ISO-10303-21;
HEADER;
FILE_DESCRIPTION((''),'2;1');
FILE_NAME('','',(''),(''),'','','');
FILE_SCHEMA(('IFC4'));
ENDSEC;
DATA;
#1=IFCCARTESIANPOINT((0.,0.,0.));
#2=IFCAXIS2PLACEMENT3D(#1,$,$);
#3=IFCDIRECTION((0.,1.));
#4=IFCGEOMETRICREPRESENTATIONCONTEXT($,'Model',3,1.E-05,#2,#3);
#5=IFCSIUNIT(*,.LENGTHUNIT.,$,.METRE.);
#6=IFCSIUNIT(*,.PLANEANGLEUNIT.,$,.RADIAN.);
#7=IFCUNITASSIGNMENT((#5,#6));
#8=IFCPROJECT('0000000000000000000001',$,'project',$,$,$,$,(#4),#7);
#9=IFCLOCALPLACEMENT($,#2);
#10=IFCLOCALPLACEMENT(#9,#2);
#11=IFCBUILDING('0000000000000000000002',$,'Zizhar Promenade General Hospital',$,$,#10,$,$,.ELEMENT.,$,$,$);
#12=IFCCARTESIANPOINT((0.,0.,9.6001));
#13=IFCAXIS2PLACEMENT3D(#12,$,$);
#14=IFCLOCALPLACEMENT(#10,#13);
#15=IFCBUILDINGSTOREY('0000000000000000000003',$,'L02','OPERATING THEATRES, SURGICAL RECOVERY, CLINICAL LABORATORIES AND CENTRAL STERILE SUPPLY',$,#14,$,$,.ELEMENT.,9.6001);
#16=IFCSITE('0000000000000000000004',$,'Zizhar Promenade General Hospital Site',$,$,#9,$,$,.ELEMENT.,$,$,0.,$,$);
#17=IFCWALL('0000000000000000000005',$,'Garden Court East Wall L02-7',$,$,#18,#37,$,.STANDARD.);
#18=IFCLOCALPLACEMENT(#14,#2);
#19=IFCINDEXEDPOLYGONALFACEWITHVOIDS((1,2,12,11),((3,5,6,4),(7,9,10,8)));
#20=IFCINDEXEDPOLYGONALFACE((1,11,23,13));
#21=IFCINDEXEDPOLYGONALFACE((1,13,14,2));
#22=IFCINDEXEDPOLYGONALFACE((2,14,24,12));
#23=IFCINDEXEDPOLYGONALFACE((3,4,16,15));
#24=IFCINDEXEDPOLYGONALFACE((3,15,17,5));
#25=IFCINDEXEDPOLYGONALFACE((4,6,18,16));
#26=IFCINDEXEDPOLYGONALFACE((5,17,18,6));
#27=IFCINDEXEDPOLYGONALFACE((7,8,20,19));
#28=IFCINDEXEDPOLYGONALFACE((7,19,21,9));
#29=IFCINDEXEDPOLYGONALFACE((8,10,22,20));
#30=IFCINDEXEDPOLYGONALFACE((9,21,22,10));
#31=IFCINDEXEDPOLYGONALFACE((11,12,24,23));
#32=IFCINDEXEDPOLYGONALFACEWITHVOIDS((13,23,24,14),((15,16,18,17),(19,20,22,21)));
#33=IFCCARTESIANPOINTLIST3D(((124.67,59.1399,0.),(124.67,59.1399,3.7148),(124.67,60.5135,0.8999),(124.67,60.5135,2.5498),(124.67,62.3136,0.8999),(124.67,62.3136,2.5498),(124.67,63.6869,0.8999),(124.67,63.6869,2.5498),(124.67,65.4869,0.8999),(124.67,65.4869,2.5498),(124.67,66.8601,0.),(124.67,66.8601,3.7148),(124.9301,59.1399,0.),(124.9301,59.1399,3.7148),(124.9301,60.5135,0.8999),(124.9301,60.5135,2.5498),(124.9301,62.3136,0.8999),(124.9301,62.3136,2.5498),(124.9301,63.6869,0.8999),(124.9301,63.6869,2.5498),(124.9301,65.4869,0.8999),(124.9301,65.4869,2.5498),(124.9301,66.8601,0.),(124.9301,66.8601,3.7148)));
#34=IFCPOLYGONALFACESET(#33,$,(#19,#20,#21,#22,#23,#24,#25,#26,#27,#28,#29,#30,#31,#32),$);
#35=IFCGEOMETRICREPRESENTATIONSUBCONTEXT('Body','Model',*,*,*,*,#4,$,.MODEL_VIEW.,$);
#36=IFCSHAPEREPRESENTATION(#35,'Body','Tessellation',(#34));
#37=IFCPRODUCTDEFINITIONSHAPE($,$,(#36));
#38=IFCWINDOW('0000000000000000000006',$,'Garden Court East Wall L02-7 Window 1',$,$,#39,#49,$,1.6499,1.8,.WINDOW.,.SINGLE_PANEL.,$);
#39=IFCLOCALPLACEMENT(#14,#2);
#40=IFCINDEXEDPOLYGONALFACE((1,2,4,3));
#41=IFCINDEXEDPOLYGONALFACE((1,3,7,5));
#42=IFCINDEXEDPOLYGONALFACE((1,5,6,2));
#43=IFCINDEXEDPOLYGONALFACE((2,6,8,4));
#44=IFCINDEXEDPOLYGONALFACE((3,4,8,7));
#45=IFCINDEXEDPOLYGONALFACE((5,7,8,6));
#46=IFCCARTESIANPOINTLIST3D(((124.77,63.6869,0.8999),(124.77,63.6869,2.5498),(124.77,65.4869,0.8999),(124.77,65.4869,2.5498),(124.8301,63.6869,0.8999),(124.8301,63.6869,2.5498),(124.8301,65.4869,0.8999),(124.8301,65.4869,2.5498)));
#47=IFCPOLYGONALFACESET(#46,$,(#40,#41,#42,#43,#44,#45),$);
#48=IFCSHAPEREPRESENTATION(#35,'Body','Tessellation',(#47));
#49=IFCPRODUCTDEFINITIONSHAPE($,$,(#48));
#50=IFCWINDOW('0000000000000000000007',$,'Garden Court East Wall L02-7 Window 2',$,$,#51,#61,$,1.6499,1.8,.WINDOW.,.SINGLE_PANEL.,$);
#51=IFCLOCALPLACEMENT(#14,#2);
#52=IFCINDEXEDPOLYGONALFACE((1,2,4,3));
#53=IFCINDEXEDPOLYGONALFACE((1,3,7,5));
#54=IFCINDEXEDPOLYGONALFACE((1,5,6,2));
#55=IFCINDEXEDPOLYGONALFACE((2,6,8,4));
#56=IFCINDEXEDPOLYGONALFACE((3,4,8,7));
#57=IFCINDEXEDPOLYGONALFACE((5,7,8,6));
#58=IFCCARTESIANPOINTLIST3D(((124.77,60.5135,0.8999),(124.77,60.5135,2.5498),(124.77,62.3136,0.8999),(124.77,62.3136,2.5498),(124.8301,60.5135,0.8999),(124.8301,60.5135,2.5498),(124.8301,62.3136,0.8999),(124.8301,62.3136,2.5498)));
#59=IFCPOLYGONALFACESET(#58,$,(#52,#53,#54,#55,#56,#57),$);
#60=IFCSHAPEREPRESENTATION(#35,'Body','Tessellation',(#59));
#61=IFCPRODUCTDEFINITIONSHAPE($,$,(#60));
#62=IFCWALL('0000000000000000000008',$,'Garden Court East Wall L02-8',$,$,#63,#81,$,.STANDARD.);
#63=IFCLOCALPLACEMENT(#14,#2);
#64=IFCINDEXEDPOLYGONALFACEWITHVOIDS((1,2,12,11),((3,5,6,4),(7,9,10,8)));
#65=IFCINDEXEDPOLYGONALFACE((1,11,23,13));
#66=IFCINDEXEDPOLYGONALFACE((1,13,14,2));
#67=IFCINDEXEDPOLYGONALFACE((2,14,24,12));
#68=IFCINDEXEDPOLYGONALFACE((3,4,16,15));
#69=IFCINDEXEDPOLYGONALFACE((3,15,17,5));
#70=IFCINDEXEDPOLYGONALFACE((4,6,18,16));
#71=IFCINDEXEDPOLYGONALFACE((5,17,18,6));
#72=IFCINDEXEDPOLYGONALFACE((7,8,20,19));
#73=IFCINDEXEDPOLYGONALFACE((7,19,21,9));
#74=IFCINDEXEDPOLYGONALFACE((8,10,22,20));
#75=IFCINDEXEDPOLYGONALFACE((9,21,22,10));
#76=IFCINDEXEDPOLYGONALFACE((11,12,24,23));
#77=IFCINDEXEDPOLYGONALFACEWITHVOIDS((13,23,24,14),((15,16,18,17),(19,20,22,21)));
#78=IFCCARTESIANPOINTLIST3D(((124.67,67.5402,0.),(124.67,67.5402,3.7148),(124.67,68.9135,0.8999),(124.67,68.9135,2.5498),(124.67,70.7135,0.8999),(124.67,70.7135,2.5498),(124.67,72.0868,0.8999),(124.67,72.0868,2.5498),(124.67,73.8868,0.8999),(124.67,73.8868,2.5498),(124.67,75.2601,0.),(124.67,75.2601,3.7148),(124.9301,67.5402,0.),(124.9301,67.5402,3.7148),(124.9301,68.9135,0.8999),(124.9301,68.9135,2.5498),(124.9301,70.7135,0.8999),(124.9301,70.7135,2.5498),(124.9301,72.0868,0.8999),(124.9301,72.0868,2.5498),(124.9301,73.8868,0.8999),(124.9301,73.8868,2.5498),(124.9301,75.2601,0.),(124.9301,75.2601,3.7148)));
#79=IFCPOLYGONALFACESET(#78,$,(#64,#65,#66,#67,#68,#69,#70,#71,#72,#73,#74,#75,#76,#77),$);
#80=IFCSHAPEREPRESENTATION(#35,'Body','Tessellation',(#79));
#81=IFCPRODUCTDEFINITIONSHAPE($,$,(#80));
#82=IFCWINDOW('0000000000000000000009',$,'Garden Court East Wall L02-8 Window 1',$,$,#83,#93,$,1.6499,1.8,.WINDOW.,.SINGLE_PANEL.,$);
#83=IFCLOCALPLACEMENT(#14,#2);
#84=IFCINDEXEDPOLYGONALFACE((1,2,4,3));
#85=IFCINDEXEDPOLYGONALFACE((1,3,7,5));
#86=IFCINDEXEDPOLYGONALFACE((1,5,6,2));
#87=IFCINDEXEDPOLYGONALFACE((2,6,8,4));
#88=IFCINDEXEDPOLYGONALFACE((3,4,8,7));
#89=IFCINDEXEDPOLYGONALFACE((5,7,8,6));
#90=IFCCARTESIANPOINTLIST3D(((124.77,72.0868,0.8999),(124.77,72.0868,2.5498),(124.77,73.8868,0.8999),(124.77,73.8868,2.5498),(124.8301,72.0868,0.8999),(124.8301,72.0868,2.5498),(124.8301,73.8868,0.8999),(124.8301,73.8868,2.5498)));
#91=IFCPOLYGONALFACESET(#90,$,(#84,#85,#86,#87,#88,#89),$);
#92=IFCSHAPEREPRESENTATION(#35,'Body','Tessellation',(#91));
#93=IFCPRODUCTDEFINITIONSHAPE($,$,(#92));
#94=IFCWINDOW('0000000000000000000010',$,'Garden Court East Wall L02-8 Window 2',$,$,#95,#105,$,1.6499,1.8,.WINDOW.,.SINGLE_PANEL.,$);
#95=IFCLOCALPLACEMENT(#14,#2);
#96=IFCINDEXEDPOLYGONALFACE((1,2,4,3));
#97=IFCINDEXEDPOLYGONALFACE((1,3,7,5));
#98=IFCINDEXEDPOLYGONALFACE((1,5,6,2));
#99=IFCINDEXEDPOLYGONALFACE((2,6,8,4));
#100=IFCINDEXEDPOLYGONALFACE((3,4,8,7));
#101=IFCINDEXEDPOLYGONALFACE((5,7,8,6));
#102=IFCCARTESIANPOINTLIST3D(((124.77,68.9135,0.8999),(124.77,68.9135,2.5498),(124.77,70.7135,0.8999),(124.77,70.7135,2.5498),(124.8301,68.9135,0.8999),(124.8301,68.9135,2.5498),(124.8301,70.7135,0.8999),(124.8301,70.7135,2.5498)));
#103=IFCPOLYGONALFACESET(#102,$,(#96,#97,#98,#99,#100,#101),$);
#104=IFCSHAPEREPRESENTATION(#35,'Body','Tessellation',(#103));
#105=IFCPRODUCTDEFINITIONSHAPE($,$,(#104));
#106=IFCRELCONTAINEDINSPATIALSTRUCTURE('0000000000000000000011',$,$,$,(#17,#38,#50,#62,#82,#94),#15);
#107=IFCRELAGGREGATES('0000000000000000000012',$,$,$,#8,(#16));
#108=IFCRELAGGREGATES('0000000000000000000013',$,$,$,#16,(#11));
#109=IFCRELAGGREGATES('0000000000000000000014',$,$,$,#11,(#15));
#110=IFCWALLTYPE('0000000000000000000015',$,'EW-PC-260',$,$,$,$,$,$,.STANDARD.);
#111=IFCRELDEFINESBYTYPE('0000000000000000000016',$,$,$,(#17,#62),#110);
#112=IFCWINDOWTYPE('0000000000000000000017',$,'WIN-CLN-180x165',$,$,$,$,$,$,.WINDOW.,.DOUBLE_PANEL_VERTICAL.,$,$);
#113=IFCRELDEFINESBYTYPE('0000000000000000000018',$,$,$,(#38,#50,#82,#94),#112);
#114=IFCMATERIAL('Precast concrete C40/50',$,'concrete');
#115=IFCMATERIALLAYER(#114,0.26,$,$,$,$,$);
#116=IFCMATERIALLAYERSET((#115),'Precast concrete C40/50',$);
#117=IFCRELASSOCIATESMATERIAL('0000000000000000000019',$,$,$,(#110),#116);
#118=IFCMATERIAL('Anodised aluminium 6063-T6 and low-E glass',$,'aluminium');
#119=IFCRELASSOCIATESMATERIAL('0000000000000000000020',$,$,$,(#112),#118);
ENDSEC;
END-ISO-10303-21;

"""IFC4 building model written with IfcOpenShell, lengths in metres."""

from ifc_helpers import new_model, si_unit, direction, frame, frame_2d, origin, place, context, subcontext, project, spatial, rectangle, extrude, material, layer, layer_set, type_object, element, fill, save


model = new_model("IFC4")

# Units and contexts
model_context = context("Model", 3, precision=1e-05, world=origin(), true_north=direction((0.0, 1.0)))
body_context = subcontext(model_context, "Body", "Model", "MODEL_VIEW")
ifc_project = project(units=[si_unit("LENGTHUNIT", "METRE"), si_unit("PLANEANGLEUNIT", "RADIAN")], contexts=[model_context])

# Site, building, storey
site_placement = place(None, origin())
site = spatial("IfcSite", under=ifc_project, at=site_placement, Name="Zizhar Promenade General Hospital Site", CompositionType="ELEMENT", RefElevation=0.0)
building_placement = place(site_placement, origin())
building = spatial("IfcBuilding", under=site, at=building_placement, Name="Zizhar Promenade General Hospital", CompositionType="ELEMENT")
storey_placement = place(building_placement, frame((0.0, 0.0, 9.6001)))
storey = spatial("IfcBuildingStorey", under=building, at=storey_placement, Name="L02", Description="OPERATING THEATRES, SURGICAL RECOVERY, CLINICAL LABORATORIES AND CENTRAL STERILE SUPPLY", CompositionType="ELEMENT", Elevation=9.6001)

# Walls, openings, windows
ifc_material_1 = material(Name="Precast concrete C40/50", Category="concrete")
ifc_layer_1 = layer(ifc_material_1, 0.26)
ifc_layer_set_1 = layer_set([ifc_layer_1], Name="Precast concrete C40/50")
wall_type = type_object("IfcWallType", Name="EW-PC-260", PredefinedType="STANDARD", material=ifc_layer_set_1)
ifc_material_2 = material(Name="Anodised aluminium 6063-T6 and low-E glass", Category="aluminium")
window_type = type_object("IfcWindowType", Name="WIN-CLN-180x165", PartitioningType="DOUBLE_PANEL_VERTICAL", PredefinedType="WINDOW", material=ifc_material_2)
wall_1_placement = place(storey_placement, frame((124.8, 66.8601, 0.0), z_axis=(0.0, 0.0, 1.0), x_axis=(0.0, -1.0, 0.0)))
wall_1 = element("IfcWall", 1, at=wall_1_placement, inside=storey, type_object=wall_type, Name="Garden Court East Wall L02-7", PredefinedType="STANDARD", context=body_context, shape_type="SweptSolid", body=[
    extrude(rectangle(XDim=7.7202, YDim=0.26, at=frame_2d((3.8601, 0.0))), origin(), (0.0, 0.0, 1.0), 3.7148),
])
opening_1_placement = place(wall_1_placement, frame((1.3733, 0.0, 0.8999)))
opening_1 = element("IfcOpeningElement", 2, at=opening_1_placement, cuts=wall_1, PredefinedType="OPENING", context=body_context, shape_type="SweptSolid", body=[
    extrude(rectangle(XDim=1.8, YDim=1.6499, at=frame_2d((0.8999, 0.825))), frame((0.0, 0.1401, 0.0), z_axis=(0.0, -1.0, 0.0), x_axis=(1.0, 0.0, 0.0)), (0.0, 0.0, 1.0), 0.28),
])
opening_2_placement = place(wall_1_placement, frame((4.5466, 0.0, 0.8999)))
opening_2 = element("IfcOpeningElement", 3, at=opening_2_placement, cuts=wall_1, PredefinedType="OPENING", context=body_context, shape_type="SweptSolid", body=[
    extrude(rectangle(XDim=1.8, YDim=1.6499, at=frame_2d((0.8999, 0.825))), frame((0.0, 0.1401, 0.0), z_axis=(0.0, -1.0, 0.0), x_axis=(1.0, 0.0, 0.0)), (0.0, 0.0, 1.0), 0.28),
])
window_1_placement = place(opening_1_placement, origin())
window_1 = element("IfcWindow", 4, at=window_1_placement, inside=storey, type_object=window_type, Name="Garden Court East Wall L02-7 Window 1", OverallHeight=1.6499, OverallWidth=1.8, PartitioningType="SINGLE_PANEL", PredefinedType="WINDOW", context=body_context, shape_type="SweptSolid", body=[
    extrude(rectangle(XDim=1.8, YDim=1.6499, at=frame_2d((0.8999, 0.825))), frame((0.0, 0.03, 0.0), z_axis=(0.0, -1.0, 0.0), x_axis=(1.0, 0.0, 0.0)), (0.0, 0.0, 1.0), 0.0601),
])
fill(opening_1, window_1)
window_2_placement = place(opening_2_placement, origin())
window_2 = element("IfcWindow", 5, at=window_2_placement, inside=storey, type_object=window_type, Name="Garden Court East Wall L02-7 Window 2", OverallHeight=1.6499, OverallWidth=1.8, PartitioningType="SINGLE_PANEL", PredefinedType="WINDOW", context=body_context, shape_type="SweptSolid", body=[
    extrude(rectangle(XDim=1.8, YDim=1.6499, at=frame_2d((0.8999, 0.825))), frame((0.0, 0.03, 0.0), z_axis=(0.0, -1.0, 0.0), x_axis=(1.0, 0.0, 0.0)), (0.0, 0.0, 1.0), 0.0601),
])
fill(opening_2, window_2)
wall_2_placement = place(storey_placement, frame((124.8, 75.26, 0.0), z_axis=(0.0, 0.0, 1.0), x_axis=(0.0, -1.0, 0.0)))
wall_2 = element("IfcWall", 6, at=wall_2_placement, inside=storey, type_object=wall_type, Name="Garden Court East Wall L02-8", PredefinedType="STANDARD", context=body_context, shape_type="SweptSolid", body=[
    extrude(rectangle(XDim=7.72, YDim=0.26, at=frame_2d((3.8599, 0.0))), origin(), (0.0, 0.0, 1.0), 3.7148),
])
opening_3_placement = place(wall_2_placement, frame((1.3733, 0.0, 0.8999)))
opening_3 = element("IfcOpeningElement", 7, at=opening_3_placement, cuts=wall_2, PredefinedType="OPENING", context=body_context, shape_type="SweptSolid", body=[
    extrude(rectangle(XDim=1.8, YDim=1.6499, at=frame_2d((0.8999, 0.825))), frame((0.0, 0.1401, 0.0), z_axis=(0.0, -1.0, 0.0), x_axis=(1.0, 0.0, 0.0)), (0.0, 0.0, 1.0), 0.28),
])
opening_4_placement = place(wall_2_placement, frame((4.5466, 0.0, 0.8999)))
opening_4 = element("IfcOpeningElement", 8, at=opening_4_placement, cuts=wall_2, PredefinedType="OPENING", context=body_context, shape_type="SweptSolid", body=[
    extrude(rectangle(XDim=1.8, YDim=1.6499, at=frame_2d((0.8999, 0.825))), frame((0.0, 0.1401, 0.0), z_axis=(0.0, -1.0, 0.0), x_axis=(1.0, 0.0, 0.0)), (0.0, 0.0, 1.0), 0.28),
])
window_3_placement = place(opening_3_placement, origin())
window_3 = element("IfcWindow", 9, at=window_3_placement, inside=storey, type_object=window_type, Name="Garden Court East Wall L02-8 Window 1", OverallHeight=1.6499, OverallWidth=1.8, PartitioningType="SINGLE_PANEL", PredefinedType="WINDOW", context=body_context, shape_type="SweptSolid", body=[
    extrude(rectangle(XDim=1.8, YDim=1.6499, at=frame_2d((0.8999, 0.825))), frame((0.0, 0.03, 0.0), z_axis=(0.0, -1.0, 0.0), x_axis=(1.0, 0.0, 0.0)), (0.0, 0.0, 1.0), 0.0601),
])
fill(opening_3, window_3)
window_4_placement = place(opening_4_placement, origin())
window_4 = element("IfcWindow", 10, at=window_4_placement, inside=storey, type_object=window_type, Name="Garden Court East Wall L02-8 Window 2", OverallHeight=1.6499, OverallWidth=1.8, PartitioningType="SINGLE_PANEL", PredefinedType="WINDOW", context=body_context, shape_type="SweptSolid", body=[
    extrude(rectangle(XDim=1.8, YDim=1.6499, at=frame_2d((0.8999, 0.825))), frame((0.0, 0.03, 0.0), z_axis=(0.0, -1.0, 0.0), x_axis=(1.0, 0.0, 0.0)), (0.0, 0.0, 1.0), 0.0601),
])
fill(opening_4, window_4)

save(model, "model.ifc")
